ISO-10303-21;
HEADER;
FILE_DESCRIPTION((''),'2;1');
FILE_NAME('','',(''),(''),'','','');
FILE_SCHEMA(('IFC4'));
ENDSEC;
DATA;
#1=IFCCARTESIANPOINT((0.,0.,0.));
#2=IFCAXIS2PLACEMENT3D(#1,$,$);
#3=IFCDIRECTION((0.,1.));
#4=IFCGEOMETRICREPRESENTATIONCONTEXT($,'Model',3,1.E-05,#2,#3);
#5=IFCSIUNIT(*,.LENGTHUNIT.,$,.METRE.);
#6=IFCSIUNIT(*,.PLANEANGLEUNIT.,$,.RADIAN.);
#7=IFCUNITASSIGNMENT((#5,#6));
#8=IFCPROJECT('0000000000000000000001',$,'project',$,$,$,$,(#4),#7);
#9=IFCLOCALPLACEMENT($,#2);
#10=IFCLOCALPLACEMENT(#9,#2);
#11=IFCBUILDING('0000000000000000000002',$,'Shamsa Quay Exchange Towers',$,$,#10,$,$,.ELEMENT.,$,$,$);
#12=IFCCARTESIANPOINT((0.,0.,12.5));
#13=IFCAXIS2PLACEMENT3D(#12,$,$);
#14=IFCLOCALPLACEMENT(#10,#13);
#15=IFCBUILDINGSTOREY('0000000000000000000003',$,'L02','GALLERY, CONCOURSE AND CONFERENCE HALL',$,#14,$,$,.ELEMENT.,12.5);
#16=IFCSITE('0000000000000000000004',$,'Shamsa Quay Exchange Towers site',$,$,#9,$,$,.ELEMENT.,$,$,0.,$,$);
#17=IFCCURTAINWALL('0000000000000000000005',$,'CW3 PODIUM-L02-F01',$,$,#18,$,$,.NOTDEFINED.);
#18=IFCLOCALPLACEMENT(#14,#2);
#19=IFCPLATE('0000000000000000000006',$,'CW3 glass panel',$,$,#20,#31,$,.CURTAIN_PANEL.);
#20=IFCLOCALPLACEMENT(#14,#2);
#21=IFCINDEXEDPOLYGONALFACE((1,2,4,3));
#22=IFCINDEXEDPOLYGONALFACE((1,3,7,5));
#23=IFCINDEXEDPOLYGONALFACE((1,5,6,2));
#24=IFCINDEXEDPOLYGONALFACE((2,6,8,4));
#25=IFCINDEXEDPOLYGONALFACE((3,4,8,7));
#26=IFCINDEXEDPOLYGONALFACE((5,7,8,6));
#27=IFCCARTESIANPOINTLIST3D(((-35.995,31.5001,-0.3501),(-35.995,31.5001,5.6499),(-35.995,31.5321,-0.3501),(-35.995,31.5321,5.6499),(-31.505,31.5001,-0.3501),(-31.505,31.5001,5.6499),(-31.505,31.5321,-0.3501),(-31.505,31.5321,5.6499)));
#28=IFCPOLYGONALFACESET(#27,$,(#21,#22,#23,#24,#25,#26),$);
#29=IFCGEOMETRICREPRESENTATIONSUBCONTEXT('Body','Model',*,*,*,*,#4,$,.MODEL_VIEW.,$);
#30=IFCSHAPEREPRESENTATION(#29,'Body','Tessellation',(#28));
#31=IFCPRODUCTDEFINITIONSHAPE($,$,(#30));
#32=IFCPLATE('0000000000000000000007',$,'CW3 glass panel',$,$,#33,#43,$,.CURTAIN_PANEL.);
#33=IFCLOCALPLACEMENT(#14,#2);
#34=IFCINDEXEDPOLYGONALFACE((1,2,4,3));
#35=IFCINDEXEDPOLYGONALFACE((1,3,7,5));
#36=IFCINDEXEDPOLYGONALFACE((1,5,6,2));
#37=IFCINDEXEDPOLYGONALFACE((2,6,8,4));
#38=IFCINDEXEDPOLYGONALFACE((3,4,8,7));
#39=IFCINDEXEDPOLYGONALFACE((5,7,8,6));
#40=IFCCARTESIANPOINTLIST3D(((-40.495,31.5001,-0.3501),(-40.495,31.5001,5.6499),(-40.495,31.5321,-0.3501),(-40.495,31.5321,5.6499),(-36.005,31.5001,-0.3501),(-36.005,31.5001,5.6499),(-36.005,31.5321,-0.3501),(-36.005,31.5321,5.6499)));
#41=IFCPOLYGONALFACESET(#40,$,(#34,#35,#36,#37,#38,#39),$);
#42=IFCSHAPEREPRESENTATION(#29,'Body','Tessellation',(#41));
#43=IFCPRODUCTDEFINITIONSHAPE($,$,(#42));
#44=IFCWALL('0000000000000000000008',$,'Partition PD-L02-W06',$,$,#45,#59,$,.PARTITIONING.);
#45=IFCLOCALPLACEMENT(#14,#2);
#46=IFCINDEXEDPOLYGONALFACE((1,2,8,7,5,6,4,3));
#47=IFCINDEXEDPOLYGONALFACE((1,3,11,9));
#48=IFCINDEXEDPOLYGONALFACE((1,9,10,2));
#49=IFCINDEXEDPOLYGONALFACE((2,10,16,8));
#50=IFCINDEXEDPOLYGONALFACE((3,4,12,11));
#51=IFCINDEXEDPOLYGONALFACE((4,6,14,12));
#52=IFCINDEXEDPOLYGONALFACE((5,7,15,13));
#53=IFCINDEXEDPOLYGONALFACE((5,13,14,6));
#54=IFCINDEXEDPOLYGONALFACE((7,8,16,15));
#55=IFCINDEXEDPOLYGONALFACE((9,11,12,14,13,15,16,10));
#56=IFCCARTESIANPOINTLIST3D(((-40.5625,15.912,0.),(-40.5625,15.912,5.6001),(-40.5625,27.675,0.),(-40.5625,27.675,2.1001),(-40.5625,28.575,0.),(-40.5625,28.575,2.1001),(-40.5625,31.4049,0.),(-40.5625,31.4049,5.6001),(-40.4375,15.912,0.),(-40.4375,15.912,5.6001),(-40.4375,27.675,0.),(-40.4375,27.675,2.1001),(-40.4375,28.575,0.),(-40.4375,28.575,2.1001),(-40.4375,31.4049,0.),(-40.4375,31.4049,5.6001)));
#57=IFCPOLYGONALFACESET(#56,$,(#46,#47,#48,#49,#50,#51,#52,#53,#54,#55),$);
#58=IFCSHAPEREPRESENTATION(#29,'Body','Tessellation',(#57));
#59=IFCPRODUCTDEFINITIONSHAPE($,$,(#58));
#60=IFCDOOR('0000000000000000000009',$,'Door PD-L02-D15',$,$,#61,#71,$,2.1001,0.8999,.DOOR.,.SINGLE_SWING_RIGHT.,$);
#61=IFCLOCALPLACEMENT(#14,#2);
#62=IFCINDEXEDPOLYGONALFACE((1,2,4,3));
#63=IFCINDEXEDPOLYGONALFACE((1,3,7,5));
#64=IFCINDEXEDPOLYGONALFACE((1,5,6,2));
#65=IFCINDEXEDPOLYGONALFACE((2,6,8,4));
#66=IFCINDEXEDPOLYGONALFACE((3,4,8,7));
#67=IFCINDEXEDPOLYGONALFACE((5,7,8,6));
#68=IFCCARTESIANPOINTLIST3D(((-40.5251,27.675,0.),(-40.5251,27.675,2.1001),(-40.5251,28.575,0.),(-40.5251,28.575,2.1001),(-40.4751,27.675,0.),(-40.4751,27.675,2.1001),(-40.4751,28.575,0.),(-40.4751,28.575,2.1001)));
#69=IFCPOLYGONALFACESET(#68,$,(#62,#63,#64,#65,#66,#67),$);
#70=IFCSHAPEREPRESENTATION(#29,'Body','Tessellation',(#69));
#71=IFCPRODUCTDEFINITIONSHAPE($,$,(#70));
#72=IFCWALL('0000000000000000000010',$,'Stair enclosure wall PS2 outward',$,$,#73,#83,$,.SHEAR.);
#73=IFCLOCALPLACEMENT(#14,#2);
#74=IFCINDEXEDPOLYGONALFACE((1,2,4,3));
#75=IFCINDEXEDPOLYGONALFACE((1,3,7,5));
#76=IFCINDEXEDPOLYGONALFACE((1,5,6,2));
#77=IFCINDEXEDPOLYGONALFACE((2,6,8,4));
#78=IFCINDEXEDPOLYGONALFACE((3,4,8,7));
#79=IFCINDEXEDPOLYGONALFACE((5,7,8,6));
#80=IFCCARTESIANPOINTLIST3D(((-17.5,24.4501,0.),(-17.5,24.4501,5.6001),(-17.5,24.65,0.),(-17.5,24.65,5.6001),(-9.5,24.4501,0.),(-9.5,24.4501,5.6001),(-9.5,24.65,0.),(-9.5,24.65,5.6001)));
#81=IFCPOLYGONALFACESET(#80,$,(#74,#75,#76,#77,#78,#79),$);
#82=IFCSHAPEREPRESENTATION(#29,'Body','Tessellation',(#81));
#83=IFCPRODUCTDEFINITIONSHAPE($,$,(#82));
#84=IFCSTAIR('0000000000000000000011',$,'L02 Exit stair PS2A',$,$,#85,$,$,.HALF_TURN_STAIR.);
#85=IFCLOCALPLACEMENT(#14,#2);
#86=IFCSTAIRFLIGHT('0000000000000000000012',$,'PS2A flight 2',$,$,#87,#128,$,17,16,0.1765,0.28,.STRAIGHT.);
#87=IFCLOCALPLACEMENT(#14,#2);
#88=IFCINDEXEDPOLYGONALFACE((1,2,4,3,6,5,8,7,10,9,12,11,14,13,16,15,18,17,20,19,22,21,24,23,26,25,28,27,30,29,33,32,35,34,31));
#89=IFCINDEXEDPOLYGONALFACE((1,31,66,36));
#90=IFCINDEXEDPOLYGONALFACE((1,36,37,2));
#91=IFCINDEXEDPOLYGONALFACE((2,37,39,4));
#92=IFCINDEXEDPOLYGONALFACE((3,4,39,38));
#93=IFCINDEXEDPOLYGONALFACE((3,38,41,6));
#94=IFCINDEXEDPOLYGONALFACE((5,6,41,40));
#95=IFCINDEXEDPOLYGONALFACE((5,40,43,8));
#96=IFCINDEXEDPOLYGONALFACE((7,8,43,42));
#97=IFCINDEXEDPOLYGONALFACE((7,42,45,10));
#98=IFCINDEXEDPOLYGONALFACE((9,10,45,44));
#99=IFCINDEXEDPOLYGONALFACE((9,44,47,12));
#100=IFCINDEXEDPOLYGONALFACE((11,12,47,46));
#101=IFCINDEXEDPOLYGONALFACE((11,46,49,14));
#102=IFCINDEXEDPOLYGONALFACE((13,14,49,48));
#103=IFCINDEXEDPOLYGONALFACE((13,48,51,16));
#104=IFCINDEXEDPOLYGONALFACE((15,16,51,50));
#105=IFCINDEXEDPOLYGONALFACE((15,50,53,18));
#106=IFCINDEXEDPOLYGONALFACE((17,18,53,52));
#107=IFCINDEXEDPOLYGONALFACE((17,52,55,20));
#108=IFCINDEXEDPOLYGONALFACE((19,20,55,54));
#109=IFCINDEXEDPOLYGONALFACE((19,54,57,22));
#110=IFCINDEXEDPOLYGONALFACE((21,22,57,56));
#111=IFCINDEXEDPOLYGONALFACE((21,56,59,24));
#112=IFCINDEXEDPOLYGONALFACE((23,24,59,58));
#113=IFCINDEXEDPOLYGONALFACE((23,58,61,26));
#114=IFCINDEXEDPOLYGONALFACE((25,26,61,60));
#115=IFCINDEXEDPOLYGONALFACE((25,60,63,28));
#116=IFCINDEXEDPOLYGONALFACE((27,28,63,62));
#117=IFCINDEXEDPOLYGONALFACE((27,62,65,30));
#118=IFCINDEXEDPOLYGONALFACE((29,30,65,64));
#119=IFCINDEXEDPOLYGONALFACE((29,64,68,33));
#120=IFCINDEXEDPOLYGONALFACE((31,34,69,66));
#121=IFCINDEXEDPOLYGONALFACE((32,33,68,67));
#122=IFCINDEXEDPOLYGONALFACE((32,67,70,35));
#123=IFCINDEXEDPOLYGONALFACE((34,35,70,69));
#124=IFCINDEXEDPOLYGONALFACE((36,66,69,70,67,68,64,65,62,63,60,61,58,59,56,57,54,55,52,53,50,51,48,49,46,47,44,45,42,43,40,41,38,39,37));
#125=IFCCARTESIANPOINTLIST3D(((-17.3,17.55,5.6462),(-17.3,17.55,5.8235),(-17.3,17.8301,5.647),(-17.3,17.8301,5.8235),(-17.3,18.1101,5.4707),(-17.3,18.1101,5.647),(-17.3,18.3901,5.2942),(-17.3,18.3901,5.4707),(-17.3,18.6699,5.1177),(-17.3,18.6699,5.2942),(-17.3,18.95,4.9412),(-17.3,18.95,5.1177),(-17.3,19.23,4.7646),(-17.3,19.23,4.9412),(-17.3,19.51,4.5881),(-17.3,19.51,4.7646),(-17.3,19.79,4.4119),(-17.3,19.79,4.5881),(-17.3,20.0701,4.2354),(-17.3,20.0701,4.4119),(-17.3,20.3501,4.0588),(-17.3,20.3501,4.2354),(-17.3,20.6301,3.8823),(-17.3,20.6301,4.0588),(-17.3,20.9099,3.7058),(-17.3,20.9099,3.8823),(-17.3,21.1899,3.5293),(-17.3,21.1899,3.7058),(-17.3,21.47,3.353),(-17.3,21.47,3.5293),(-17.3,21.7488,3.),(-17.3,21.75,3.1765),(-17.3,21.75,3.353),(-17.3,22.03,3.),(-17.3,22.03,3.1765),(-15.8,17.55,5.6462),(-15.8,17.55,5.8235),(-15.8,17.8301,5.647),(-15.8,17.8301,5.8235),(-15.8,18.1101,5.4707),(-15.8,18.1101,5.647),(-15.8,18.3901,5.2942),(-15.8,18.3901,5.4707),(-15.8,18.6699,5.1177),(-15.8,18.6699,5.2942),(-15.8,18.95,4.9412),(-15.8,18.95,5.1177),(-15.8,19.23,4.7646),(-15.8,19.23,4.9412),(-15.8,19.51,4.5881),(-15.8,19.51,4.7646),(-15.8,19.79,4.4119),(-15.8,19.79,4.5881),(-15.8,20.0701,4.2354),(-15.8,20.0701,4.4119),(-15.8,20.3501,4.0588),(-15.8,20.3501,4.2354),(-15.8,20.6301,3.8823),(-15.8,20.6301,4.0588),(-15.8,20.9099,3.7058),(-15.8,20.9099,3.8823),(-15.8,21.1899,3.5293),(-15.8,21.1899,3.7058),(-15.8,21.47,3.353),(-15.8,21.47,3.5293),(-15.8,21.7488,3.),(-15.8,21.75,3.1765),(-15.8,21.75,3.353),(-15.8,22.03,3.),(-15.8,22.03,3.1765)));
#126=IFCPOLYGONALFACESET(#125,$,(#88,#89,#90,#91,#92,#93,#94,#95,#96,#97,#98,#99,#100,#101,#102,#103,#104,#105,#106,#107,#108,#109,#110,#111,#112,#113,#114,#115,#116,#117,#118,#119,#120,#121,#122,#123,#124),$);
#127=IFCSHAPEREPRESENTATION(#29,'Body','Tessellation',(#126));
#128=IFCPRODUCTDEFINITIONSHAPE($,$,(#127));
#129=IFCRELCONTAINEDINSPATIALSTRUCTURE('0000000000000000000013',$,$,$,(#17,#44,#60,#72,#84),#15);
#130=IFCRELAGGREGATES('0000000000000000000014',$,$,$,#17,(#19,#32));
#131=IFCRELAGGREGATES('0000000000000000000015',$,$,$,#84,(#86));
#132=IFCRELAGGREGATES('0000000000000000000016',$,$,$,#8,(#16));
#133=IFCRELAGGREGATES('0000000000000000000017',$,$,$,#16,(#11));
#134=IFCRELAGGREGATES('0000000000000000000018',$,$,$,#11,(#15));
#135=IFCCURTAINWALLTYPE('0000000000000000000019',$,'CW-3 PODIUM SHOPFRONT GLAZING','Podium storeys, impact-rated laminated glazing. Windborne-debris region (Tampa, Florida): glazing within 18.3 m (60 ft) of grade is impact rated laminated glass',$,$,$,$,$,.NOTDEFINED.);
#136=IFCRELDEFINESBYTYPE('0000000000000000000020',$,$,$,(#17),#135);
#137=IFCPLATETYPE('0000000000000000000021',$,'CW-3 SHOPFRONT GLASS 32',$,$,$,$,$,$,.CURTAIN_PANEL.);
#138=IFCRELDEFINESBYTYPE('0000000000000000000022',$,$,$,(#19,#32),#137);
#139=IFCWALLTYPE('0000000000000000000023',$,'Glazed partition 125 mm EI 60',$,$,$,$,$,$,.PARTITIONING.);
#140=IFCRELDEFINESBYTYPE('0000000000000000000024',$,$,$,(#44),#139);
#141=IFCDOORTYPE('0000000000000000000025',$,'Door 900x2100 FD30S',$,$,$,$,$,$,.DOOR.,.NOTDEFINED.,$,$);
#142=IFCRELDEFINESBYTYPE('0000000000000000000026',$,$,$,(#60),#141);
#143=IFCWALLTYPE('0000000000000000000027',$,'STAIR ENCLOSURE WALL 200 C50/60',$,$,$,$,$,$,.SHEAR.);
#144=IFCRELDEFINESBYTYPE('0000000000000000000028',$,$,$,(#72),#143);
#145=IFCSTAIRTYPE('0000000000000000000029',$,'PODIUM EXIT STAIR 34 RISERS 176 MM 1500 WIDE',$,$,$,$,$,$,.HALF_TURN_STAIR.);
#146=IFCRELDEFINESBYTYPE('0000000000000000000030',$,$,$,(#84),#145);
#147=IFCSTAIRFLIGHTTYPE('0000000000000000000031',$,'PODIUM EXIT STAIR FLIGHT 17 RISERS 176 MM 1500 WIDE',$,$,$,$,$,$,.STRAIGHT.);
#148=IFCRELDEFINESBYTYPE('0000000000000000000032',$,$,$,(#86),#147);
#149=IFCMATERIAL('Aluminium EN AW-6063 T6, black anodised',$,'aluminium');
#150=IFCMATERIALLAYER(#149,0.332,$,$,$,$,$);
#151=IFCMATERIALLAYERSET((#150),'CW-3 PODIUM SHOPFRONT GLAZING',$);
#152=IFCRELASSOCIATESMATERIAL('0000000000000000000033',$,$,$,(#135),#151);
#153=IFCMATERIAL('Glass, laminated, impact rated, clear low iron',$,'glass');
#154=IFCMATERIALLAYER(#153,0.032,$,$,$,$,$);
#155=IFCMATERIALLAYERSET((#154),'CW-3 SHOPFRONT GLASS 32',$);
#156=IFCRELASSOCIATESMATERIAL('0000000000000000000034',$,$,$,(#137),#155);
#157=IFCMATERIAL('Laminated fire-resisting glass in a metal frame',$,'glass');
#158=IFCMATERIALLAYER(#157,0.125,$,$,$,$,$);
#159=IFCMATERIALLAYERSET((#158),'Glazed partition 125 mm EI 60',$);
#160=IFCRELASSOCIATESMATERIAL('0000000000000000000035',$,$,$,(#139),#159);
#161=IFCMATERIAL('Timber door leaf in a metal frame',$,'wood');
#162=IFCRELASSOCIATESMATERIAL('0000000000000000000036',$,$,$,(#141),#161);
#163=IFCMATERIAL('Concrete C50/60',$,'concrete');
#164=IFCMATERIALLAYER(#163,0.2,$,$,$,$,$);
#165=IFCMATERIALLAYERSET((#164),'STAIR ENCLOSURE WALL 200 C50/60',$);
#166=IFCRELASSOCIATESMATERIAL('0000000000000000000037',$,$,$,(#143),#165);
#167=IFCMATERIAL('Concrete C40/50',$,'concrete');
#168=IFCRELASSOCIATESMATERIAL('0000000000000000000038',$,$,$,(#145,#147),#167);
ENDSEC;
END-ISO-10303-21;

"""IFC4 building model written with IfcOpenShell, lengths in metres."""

from ifc_helpers import new_model, si_unit, direction, frame, frame_2d, origin, origin_2d, place, context, subcontext, project, spatial, polyline, rectangle, outline, extrude, material, layer, layer_set, type_object, element, fill, aggregate, save


model = new_model("IFC4")

# Units and contexts
model_context = context("Model", 3, precision=1e-05, world=origin(), true_north=direction((0.0, 1.0)))
body_context = subcontext(model_context, "Body", "Model", "MODEL_VIEW")
ifc_project = project(units=[si_unit("LENGTHUNIT", "METRE"), si_unit("PLANEANGLEUNIT", "RADIAN")], contexts=[model_context])

# Site, building, storey
site_placement = place(None, origin())
site = spatial("IfcSite", under=ifc_project, at=site_placement, Name="Shamsa Quay Exchange Towers site", CompositionType="ELEMENT", RefElevation=0.0)
building_placement = place(site_placement, origin())
building = spatial("IfcBuilding", under=site, at=building_placement, Name="Shamsa Quay Exchange Towers", CompositionType="ELEMENT")
storey_placement = place(building_placement, frame((0.0, 0.0, 12.5)))
storey = spatial("IfcBuildingStorey", under=building, at=storey_placement, Name="L02", Description="GALLERY, CONCOURSE AND CONFERENCE HALL", CompositionType="ELEMENT", Elevation=12.5)

# Curtain wall, plates
ifc_material_1 = material(Name="Aluminium EN AW-6063 T6, black anodised", Category="aluminium")
ifc_layer_1 = layer(ifc_material_1, 0.332)
ifc_layer_set_1 = layer_set([ifc_layer_1], Name="CW-3 PODIUM SHOPFRONT GLAZING")
curtain_wall_type = type_object("IfcCurtainWallType", Name="CW-3 PODIUM SHOPFRONT GLAZING", Description="Podium storeys, impact-rated laminated glazing. Windborne-debris region (Tampa, Florida): glazing within 18.3 m (60 ft) of grade is impact rated laminated glass", PredefinedType="NOTDEFINED", material=ifc_layer_set_1)
curtain_wall_placement = place(storey_placement, origin())
curtain_wall = element("IfcCurtainWall", 1, at=curtain_wall_placement, inside=storey, type_object=curtain_wall_type, Name="CW3 PODIUM-L02-F01", PredefinedType="NOTDEFINED")
ifc_material_2 = material(Name="Glass, laminated, impact rated, clear low iron", Category="glass")
ifc_layer_2 = layer(ifc_material_2, 0.032)
ifc_layer_set_2 = layer_set([ifc_layer_2], Name="CW-3 SHOPFRONT GLASS 32")
plate_type = type_object("IfcPlateType", Name="CW-3 SHOPFRONT GLASS 32", PredefinedType="CURTAIN_PANEL", material=ifc_layer_set_2)
plate_1_placement = place(storey_placement, frame((-33.75, 31.5161, -0.3501), z_axis=(0.0, 0.0, 1.0), x_axis=(-1.0, 0.0, 0.0)))
plate_1 = element("IfcPlate", 2, at=plate_1_placement, type_object=plate_type, Name="CW3 glass panel", PredefinedType="CURTAIN_PANEL", context=body_context, shape_type="SweptSolid", body=[
    extrude(rectangle(XDim=4.49, YDim=0.032, at=origin_2d()), origin(), (0.0, 0.0, 1.0), 6.0),
])
plate_2_placement = place(storey_placement, frame((-38.25, 31.5161, -0.3501), z_axis=(0.0, 0.0, 1.0), x_axis=(-1.0, 0.0, 0.0)))
plate_2 = element("IfcPlate", 3, at=plate_2_placement, type_object=plate_type, Name="CW3 glass panel", PredefinedType="CURTAIN_PANEL", context=body_context, shape_type="SweptSolid", body=[
    extrude(rectangle(XDim=4.49, YDim=0.032, at=origin_2d()), origin(), (0.0, 0.0, 1.0), 6.0),
])
aggregate(curtain_wall, [plate_1, plate_2])

# Wall, opening, door
ifc_material_3 = material(Name="Laminated fire-resisting glass in a metal frame", Category="glass")
ifc_layer_3 = layer(ifc_material_3, 0.125)
ifc_layer_set_3 = layer_set([ifc_layer_3], Name="Glazed partition 125 mm EI 60")
wall_type_1 = type_object("IfcWallType", Name="Glazed partition 125 mm EI 60", PredefinedType="PARTITIONING", material=ifc_layer_set_3)
wall_1_placement = place(storey_placement, frame((-40.5, 31.405, 0.0), z_axis=(0.0, 0.0, 1.0), x_axis=(0.0, -1.0, 0.0)))
wall_1 = element("IfcWall", 4, at=wall_1_placement, inside=storey, type_object=wall_type_1, Name="Partition PD-L02-W06", PredefinedType="PARTITIONING", context=body_context, shape_type="SweptSolid", body=[
    extrude(rectangle(XDim=15.4929, YDim=0.125, at=frame_2d((7.7466, 0.0))), origin(), (0.0, 0.0, 1.0), 5.6001),
])
opening_placement = place(wall_1_placement, frame((2.8301, 0.0, 0.0)))
opening = element("IfcOpeningElement", 5, at=opening_placement, cuts=wall_1, PredefinedType="OPENING", context=body_context, shape_type="SweptSolid", body=[
    extrude(rectangle(XDim=0.8999, YDim=2.1001, at=frame_2d((0.45, 1.05))), frame((0.0, 0.0725, 0.0), z_axis=(0.0, -1.0, 0.0), x_axis=(1.0, 0.0, 0.0)), (0.0, 0.0, 1.0), 0.145),
])
ifc_material_4 = material(Name="Timber door leaf in a metal frame", Category="wood")
door_type = type_object("IfcDoorType", Name="Door 900x2100 FD30S", OperationType="NOTDEFINED", PredefinedType="DOOR", material=ifc_material_4)
door_placement = place(opening_placement, origin())
door = element("IfcDoor", 6, at=door_placement, inside=storey, type_object=door_type, Name="Door PD-L02-D15", OperationType="SINGLE_SWING_RIGHT", OverallHeight=2.1001, OverallWidth=0.8999, PredefinedType="DOOR", context=body_context, shape_type="SweptSolid", body=[
    extrude(rectangle(XDim=0.8999, YDim=2.1001, at=frame_2d((0.45, 1.05))), frame((0.0, 0.0249, 0.0), z_axis=(0.0, -1.0, 0.0), x_axis=(1.0, 0.0, 0.0)), (0.0, 0.0, 1.0), 0.05),
])
fill(opening, door)

# Wall
ifc_material_5 = material(Name="Concrete C50/60", Category="concrete")
ifc_layer_4 = layer(ifc_material_5, 0.2)
ifc_layer_set_4 = layer_set([ifc_layer_4], Name="STAIR ENCLOSURE WALL 200 C50/60")
wall_type_2 = type_object("IfcWallType", Name="STAIR ENCLOSURE WALL 200 C50/60", PredefinedType="SHEAR", material=ifc_layer_set_4)
wall_2_placement = place(storey_placement, frame((-17.5, 24.55, 0.0)))
element("IfcWall", 7, at=wall_2_placement, inside=storey, type_object=wall_type_2, Name="Stair enclosure wall PS2 outward", PredefinedType="SHEAR", context=body_context, shape_type="SweptSolid", body=[
    extrude(rectangle(XDim=8.0, YDim=0.2, at=frame_2d((4.0, 0.0))), origin(), (0.0, 0.0, 1.0), 5.6001),
])

# Stair, stair flight
ifc_material_6 = material(Name="Concrete C40/50", Category="concrete")
stair_type = type_object("IfcStairType", Name="PODIUM EXIT STAIR 34 RISERS 176 MM 1500 WIDE", PredefinedType="HALF_TURN_STAIR", material=ifc_material_6)
stair_placement = place(storey_placement, origin())
stair = element("IfcStair", 8, at=stair_placement, inside=storey, type_object=stair_type, Name="L02 Exit stair PS2A", PredefinedType="HALF_TURN_STAIR")
stair_flight_type = type_object("IfcStairFlightType", Name="PODIUM EXIT STAIR FLIGHT 17 RISERS 176 MM 1500 WIDE", PredefinedType="STRAIGHT", material=ifc_material_6)
stair_flight_placement = place(storey_placement, frame((-16.55, 22.03, 3.0), z_axis=(0.0, 0.0, 1.0), x_axis=(0.0, -1.0, 0.0)))
stair_flight = element("IfcStairFlight", 9, at=stair_flight_placement, type_object=stair_flight_type, Name="PS2A flight 2", NumberOfRisers=17, NumberOfTreads=16, PredefinedType="STRAIGHT", RiserHeight=0.1765, TreadLength=0.28, context=body_context, shape_type="SweptSolid", body=[
    extrude(outline(polyline([(0.0, 0.0), (0.0, 0.1765), (0.28, 0.1765), (0.28, 0.353), (0.5601, 0.353), (0.5601, 0.5293), (0.8401, 0.5293), (0.8401, 0.7058), (1.1201, 0.7058), (1.1201, 0.8823), (1.3999, 0.8823), (1.3999, 1.0588), (1.6799, 1.0588), (1.6799, 1.2354), (1.96, 1.2354), (1.96, 1.4119), (2.24, 1.4119), (2.24, 1.5881), (2.52, 1.5881), (2.52, 1.7646), (2.8, 1.7646), (2.8, 1.9412), (3.0801, 1.9412), (3.0801, 2.1177), (3.3601, 2.1177), (3.3601, 2.2942), (3.6399, 2.2942), (3.6399, 2.4707), (3.9199, 2.4707), (3.9199, 2.647), (4.2, 2.647), (4.2, 2.8235), (4.48, 2.8235), (4.48, 3.0), (4.48, 2.6462), (0.2812, 0.0), (0.0, 0.0)])), frame((0.0, 0.75, 0.0), z_axis=(0.0, -1.0, 0.0), x_axis=(1.0, 0.0, 0.0)), (0.0, 0.0, 1.0), 1.5),
])
aggregate(stair, [stair_flight])

save(model, "model.ifc")
